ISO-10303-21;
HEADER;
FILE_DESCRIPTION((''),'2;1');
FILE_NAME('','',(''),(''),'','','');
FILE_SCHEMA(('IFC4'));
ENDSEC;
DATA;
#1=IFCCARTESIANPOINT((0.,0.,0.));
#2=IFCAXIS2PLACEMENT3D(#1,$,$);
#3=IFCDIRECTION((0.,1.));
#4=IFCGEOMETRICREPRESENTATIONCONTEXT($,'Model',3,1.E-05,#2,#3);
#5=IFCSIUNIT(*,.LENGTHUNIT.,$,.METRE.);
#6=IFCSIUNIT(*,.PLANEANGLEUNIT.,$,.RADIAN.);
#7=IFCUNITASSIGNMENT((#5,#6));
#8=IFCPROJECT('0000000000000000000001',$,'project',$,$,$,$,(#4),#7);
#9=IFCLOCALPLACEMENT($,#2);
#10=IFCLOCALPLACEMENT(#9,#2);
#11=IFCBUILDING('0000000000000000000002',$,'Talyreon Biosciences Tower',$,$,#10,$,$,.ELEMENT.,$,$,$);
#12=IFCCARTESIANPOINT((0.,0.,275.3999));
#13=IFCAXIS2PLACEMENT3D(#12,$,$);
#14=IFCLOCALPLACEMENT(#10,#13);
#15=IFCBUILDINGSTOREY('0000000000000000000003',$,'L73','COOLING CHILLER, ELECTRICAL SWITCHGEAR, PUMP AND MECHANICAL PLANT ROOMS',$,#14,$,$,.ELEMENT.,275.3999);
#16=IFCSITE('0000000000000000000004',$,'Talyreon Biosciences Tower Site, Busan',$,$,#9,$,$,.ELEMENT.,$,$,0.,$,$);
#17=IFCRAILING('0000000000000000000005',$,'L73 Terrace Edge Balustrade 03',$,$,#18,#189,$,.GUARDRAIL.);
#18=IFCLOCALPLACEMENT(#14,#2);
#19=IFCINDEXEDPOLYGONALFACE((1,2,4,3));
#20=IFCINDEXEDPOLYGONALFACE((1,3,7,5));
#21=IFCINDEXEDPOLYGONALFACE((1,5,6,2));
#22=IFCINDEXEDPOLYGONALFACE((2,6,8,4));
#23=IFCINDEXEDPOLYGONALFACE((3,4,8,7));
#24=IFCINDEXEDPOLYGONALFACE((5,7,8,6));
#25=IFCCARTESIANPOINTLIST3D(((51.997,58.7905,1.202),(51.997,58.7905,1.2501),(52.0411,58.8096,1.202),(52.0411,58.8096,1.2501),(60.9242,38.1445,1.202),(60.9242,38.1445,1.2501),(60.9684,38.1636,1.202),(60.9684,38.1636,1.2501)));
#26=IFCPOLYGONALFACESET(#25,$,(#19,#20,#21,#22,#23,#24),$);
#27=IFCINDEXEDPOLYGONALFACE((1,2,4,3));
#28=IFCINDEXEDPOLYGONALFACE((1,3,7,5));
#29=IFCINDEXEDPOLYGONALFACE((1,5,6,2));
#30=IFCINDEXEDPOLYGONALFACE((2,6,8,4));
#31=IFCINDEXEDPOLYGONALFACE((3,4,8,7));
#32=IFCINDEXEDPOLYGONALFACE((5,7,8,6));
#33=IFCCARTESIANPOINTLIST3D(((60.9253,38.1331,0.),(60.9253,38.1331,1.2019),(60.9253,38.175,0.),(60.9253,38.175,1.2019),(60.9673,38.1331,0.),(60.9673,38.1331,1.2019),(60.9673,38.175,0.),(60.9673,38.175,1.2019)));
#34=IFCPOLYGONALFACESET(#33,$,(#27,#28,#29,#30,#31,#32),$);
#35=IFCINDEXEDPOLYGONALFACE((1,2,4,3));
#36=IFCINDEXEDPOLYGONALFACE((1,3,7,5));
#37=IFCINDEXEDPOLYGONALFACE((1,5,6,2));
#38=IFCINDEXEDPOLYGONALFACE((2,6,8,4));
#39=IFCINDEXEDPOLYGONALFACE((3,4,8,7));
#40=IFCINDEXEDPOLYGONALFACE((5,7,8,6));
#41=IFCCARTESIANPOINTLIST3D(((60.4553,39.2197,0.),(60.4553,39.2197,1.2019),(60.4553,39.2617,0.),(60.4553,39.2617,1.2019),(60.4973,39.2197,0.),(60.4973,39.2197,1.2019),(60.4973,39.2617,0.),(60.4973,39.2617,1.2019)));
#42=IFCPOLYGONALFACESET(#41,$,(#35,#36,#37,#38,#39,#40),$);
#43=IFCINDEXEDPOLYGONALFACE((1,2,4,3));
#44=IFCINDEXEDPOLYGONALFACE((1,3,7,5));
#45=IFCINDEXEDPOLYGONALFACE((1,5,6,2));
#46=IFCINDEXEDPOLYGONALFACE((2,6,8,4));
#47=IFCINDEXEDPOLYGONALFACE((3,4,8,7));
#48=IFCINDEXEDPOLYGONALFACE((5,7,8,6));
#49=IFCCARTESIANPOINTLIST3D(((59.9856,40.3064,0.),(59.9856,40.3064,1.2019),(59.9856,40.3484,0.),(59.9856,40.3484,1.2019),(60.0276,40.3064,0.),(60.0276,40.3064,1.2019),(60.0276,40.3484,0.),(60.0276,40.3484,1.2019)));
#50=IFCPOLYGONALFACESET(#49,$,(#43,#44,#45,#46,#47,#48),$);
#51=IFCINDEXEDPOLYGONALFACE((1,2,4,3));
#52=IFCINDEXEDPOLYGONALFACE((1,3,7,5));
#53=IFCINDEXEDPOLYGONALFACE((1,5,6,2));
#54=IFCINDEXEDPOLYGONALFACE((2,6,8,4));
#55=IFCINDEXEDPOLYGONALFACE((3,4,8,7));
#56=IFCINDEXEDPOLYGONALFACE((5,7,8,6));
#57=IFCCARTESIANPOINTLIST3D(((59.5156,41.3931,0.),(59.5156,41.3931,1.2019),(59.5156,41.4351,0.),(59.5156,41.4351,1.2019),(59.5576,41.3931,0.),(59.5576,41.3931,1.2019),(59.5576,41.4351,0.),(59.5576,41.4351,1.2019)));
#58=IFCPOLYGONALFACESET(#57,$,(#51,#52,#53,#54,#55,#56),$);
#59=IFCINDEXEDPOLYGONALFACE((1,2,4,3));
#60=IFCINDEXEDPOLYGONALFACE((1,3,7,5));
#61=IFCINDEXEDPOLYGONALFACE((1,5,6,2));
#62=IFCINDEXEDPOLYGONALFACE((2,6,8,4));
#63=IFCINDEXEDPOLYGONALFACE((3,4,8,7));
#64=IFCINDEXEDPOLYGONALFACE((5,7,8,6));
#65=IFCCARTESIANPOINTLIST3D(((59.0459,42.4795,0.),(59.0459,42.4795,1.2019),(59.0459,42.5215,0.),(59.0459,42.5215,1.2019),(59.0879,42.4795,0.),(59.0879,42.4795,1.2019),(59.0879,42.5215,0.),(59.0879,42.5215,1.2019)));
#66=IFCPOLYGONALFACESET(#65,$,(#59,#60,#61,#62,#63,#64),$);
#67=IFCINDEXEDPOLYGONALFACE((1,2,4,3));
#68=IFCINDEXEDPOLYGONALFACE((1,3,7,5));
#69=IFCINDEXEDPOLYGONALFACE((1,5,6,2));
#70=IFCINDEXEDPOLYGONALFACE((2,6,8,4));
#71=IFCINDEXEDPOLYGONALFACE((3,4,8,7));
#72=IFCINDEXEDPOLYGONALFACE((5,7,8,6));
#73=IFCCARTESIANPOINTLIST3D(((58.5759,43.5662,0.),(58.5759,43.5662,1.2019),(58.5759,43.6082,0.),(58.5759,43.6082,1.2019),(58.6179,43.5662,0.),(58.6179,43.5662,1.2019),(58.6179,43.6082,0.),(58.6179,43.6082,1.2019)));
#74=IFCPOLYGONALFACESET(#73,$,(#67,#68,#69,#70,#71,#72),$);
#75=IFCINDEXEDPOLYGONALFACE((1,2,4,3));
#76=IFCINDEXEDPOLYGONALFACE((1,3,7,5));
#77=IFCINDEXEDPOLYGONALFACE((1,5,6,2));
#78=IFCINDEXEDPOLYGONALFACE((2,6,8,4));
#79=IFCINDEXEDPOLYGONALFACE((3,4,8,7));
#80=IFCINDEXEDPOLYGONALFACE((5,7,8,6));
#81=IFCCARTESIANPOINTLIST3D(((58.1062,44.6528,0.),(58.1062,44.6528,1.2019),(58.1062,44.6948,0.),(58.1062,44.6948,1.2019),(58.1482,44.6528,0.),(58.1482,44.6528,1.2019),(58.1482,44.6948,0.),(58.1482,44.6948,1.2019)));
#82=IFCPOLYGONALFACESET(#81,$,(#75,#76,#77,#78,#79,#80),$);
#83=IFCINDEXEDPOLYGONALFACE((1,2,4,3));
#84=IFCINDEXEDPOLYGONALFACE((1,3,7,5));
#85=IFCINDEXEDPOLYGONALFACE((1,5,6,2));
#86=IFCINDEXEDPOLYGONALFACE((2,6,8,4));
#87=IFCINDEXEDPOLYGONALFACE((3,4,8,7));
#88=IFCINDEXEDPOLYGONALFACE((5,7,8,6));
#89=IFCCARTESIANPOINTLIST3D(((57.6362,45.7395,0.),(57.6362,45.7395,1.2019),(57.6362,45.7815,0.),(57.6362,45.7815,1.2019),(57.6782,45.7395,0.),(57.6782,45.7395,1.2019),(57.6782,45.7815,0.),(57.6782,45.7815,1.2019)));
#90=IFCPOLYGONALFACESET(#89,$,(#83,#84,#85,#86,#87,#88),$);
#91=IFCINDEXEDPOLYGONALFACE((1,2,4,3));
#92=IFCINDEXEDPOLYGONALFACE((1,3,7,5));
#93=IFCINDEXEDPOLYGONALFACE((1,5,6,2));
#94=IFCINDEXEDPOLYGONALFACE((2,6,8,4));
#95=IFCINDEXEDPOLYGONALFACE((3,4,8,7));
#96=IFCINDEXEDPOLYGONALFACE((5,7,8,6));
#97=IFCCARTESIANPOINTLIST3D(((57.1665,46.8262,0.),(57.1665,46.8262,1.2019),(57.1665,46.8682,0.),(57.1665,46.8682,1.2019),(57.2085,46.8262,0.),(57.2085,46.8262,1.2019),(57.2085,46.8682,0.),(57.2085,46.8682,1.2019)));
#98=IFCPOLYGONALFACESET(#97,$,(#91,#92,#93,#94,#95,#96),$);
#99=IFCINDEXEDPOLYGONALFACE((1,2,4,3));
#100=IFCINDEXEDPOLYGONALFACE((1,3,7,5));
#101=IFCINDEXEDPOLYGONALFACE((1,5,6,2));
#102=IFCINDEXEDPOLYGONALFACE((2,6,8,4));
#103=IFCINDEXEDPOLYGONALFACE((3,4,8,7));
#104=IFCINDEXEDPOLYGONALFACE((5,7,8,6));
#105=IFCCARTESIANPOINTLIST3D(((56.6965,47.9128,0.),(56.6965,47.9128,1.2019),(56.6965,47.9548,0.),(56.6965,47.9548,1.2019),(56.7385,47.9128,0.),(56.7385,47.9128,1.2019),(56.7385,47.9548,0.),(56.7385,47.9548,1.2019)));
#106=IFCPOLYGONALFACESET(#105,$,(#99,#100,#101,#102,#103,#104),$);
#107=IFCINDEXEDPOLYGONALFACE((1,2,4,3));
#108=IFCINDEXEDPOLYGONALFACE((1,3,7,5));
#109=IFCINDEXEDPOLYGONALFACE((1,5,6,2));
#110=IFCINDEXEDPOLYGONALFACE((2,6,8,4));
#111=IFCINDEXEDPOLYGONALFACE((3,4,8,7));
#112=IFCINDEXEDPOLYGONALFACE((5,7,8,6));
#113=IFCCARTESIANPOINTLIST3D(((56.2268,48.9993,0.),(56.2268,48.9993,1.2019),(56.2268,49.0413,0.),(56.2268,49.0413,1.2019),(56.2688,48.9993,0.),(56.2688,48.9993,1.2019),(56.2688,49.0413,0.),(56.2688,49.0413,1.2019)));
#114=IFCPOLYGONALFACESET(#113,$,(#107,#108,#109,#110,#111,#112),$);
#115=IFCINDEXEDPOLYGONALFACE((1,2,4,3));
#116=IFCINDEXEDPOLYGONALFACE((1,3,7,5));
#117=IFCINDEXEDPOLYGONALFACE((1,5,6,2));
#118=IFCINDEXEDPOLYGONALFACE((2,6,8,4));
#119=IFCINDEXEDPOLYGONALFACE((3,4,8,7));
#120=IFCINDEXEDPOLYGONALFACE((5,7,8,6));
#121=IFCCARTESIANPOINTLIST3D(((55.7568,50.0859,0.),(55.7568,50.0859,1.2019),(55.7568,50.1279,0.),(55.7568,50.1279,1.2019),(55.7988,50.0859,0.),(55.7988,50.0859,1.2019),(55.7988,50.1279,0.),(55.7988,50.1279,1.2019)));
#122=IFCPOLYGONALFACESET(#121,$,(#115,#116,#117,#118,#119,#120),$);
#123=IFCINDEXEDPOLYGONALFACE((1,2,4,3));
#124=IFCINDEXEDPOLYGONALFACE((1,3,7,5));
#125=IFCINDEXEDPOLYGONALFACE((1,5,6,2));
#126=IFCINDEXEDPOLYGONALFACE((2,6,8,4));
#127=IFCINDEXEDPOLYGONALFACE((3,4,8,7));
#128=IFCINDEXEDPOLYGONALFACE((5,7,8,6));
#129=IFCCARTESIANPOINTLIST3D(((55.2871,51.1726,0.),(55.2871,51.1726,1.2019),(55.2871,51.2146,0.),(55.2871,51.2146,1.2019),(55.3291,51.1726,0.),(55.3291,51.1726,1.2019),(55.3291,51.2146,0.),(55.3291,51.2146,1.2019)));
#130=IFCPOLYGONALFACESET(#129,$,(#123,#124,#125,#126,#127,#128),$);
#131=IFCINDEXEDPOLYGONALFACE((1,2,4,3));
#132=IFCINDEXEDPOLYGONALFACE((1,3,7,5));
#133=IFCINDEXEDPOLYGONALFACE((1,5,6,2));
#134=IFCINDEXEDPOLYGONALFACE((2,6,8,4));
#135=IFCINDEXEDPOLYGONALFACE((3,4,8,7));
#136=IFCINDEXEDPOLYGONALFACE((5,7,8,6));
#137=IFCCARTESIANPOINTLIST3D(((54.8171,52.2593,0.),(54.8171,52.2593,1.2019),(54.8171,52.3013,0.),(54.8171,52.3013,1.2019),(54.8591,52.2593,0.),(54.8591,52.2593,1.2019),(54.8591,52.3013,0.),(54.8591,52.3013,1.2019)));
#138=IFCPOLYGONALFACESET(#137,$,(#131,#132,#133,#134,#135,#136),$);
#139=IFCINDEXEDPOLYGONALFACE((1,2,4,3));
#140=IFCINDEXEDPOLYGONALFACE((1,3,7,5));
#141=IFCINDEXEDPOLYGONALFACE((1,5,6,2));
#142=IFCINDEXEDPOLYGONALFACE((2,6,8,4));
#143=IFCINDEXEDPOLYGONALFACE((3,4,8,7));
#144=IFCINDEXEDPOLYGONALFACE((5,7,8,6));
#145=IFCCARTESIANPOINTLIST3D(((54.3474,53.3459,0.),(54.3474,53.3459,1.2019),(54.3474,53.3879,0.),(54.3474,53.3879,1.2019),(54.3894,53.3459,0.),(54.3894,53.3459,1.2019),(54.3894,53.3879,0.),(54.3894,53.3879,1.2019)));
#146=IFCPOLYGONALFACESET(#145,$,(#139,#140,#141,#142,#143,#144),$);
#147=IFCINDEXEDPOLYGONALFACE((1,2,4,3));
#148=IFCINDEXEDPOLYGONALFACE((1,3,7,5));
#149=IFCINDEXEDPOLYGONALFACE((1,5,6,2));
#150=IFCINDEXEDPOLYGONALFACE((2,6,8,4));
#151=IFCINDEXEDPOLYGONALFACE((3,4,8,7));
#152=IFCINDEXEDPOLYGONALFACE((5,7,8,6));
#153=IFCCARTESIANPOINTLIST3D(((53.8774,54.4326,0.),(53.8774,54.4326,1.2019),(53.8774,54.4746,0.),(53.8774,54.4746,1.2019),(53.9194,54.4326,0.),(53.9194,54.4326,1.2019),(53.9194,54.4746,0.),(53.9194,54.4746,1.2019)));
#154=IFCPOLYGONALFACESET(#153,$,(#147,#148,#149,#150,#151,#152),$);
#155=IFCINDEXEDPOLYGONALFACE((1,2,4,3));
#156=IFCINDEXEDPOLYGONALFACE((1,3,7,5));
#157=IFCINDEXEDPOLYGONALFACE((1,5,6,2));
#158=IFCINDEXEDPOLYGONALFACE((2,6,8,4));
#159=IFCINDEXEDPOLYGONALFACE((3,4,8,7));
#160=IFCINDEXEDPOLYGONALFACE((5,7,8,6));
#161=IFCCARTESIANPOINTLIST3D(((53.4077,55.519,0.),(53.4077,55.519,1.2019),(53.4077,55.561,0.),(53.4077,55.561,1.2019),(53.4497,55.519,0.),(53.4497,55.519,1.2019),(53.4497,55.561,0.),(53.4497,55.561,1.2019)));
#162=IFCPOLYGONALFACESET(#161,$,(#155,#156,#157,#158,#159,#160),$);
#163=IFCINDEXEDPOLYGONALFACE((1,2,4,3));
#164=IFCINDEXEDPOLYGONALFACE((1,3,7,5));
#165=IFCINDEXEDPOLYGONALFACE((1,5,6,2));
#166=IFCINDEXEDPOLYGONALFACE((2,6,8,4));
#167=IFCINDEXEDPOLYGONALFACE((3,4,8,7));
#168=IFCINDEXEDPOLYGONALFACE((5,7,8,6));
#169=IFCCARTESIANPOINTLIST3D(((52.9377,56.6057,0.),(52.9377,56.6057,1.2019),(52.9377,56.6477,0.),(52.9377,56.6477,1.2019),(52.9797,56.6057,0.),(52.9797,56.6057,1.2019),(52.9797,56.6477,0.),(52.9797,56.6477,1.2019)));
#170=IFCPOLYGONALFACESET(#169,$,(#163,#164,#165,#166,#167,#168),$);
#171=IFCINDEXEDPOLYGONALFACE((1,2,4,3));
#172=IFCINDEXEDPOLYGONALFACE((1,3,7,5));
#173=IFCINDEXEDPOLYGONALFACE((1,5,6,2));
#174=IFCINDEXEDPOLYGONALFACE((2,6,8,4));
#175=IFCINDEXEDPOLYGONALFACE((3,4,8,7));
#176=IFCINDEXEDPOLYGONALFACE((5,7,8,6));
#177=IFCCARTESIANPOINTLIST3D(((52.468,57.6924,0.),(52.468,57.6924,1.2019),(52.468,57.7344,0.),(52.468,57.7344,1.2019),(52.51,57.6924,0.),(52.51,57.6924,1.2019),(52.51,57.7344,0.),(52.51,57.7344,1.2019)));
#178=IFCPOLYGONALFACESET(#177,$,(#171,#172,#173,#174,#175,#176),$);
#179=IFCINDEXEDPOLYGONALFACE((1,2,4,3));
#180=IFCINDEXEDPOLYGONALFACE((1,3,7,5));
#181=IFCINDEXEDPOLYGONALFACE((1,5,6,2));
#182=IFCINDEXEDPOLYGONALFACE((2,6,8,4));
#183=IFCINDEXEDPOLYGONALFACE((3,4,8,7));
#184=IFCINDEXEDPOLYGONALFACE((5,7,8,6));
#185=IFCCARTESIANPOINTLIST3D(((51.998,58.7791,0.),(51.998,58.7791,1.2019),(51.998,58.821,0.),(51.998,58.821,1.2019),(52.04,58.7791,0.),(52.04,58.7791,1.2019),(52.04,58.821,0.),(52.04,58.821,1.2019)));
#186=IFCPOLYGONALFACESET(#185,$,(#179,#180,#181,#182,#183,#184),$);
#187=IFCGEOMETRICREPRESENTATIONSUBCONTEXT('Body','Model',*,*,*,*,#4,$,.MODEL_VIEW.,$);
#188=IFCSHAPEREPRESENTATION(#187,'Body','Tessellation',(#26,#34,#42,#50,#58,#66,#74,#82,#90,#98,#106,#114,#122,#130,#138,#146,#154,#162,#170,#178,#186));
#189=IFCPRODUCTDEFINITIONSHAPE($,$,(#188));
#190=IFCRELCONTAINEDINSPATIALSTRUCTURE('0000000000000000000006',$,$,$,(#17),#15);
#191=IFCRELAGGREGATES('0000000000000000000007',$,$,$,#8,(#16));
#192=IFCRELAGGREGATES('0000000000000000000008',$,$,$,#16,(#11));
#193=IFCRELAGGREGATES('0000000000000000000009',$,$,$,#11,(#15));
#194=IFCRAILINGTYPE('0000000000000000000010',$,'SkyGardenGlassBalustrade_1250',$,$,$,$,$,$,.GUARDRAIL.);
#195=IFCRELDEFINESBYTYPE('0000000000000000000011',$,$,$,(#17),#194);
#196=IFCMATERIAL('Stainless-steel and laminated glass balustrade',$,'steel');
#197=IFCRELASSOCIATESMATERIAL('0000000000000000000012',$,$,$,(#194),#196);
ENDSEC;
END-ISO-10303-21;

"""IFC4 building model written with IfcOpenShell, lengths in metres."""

from ifc_helpers import new_model, si_unit, direction, frame, origin, origin_2d, place, context, subcontext, project, spatial, rectangle, extrude, material, type_object, element, save


model = new_model("IFC4")

# Units and contexts
model_context = context("Model", 3, precision=1e-05, world=origin(), true_north=direction((0.0, 1.0)))
body_context = subcontext(model_context, "Body", "Model", "MODEL_VIEW")
ifc_project = project(units=[si_unit("LENGTHUNIT", "METRE"), si_unit("PLANEANGLEUNIT", "RADIAN")], contexts=[model_context])

# Site, building, storey
site_placement = place(None, origin())
site = spatial("IfcSite", under=ifc_project, at=site_placement, Name="Talyreon Biosciences Tower Site, Busan", CompositionType="ELEMENT", RefElevation=0.0)
building_placement = place(site_placement, origin())
building = spatial("IfcBuilding", under=site, at=building_placement, Name="Talyreon Biosciences Tower", CompositionType="ELEMENT")
storey_placement = place(building_placement, frame((0.0, 0.0, 275.3999)))
storey = spatial("IfcBuildingStorey", under=building, at=storey_placement, Name="L73", Description="COOLING CHILLER, ELECTRICAL SWITCHGEAR, PUMP AND MECHANICAL PLANT ROOMS", CompositionType="ELEMENT", Elevation=275.3999)

# Railing
ifc_material_1 = material(Name="Stainless-steel and laminated glass balustrade", Category="steel")
railing_type = type_object("IfcRailingType", Name="SkyGardenGlassBalustrade_1250", PredefinedType="GUARDRAIL", material=ifc_material_1)
railing_placement = place(storey_placement, frame((60.9463, 38.1541, 0.0)))
element("IfcRailing", 1, at=railing_placement, inside=storey, type_object=railing_type, Name="L73 Terrace Edge Balustrade 03", PredefinedType="GUARDRAIL", context=body_context, shape_type="SweptSolid", body=[
    extrude(rectangle(XDim=0.0481, YDim=0.0481, at=origin_2d()), frame((0.0, 0.0, 1.2261), z_axis=(-0.396883, 0.917869, 0.0), x_axis=(-0.917869, -0.396883, 0.0)), (0.0, 0.0, 1.0), 22.4934),
    extrude(rectangle(XDim=0.042, YDim=0.042, at=origin_2d()), origin(), (0.0, 0.0, 1.0), 1.2019),
    extrude(rectangle(XDim=0.042, YDim=0.042, at=origin_2d()), frame((-0.47, 1.0867, 0.0)), (0.0, 0.0, 1.0), 1.2019),
    extrude(rectangle(XDim=0.042, YDim=0.042, at=origin_2d()), frame((-0.9397, 2.1733, 0.0)), (0.0, 0.0, 1.0), 1.2019),
    extrude(rectangle(XDim=0.042, YDim=0.042, at=origin_2d()), frame((-1.4097, 3.26, 0.0)), (0.0, 0.0, 1.0), 1.2019),
    extrude(rectangle(XDim=0.042, YDim=0.042, at=origin_2d()), frame((-1.8794, 4.3464, 0.0)), (0.0, 0.0, 1.0), 1.2019),
    extrude(rectangle(XDim=0.042, YDim=0.042, at=origin_2d()), frame((-2.3494, 5.4331, 0.0)), (0.0, 0.0, 1.0), 1.2019),
    extrude(rectangle(XDim=0.042, YDim=0.042, at=origin_2d()), frame((-2.8191, 6.5198, 0.0)), (0.0, 0.0, 1.0), 1.2019),
    extrude(rectangle(XDim=0.042, YDim=0.042, at=origin_2d()), frame((-3.2891, 7.6064, 0.0)), (0.0, 0.0, 1.0), 1.2019),
    extrude(rectangle(XDim=0.042, YDim=0.042, at=origin_2d()), frame((-3.7588, 8.6931, 0.0)), (0.0, 0.0, 1.0), 1.2019),
    extrude(rectangle(XDim=0.042, YDim=0.042, at=origin_2d()), frame((-4.2288, 9.7798, 0.0)), (0.0, 0.0, 1.0), 1.2019),
    extrude(rectangle(XDim=0.042, YDim=0.042, at=origin_2d()), frame((-4.6985, 10.8662, 0.0)), (0.0, 0.0, 1.0), 1.2019),
    extrude(rectangle(XDim=0.042, YDim=0.042, at=origin_2d()), frame((-5.1685, 11.9529, 0.0)), (0.0, 0.0, 1.0), 1.2019),
    extrude(rectangle(XDim=0.042, YDim=0.042, at=origin_2d()), frame((-5.6382, 13.0396, 0.0)), (0.0, 0.0, 1.0), 1.2019),
    extrude(rectangle(XDim=0.042, YDim=0.042, at=origin_2d()), frame((-6.1082, 14.1262, 0.0)), (0.0, 0.0, 1.0), 1.2019),
    extrude(rectangle(XDim=0.042, YDim=0.042, at=origin_2d()), frame((-6.5779, 15.2129, 0.0)), (0.0, 0.0, 1.0), 1.2019),
    extrude(rectangle(XDim=0.042, YDim=0.042, at=origin_2d()), frame((-7.0479, 16.2996, 0.0)), (0.0, 0.0, 1.0), 1.2019),
    extrude(rectangle(XDim=0.042, YDim=0.042, at=origin_2d()), frame((-7.5176, 17.386, 0.0)), (0.0, 0.0, 1.0), 1.2019),
    extrude(rectangle(XDim=0.042, YDim=0.042, at=origin_2d()), frame((-7.9875, 18.4727, 0.0)), (0.0, 0.0, 1.0), 1.2019),
    extrude(rectangle(XDim=0.042, YDim=0.042, at=origin_2d()), frame((-8.4573, 19.5593, 0.0)), (0.0, 0.0, 1.0), 1.2019),
    extrude(rectangle(XDim=0.042, YDim=0.042, at=origin_2d()), frame((-8.9272, 20.646, 0.0)), (0.0, 0.0, 1.0), 1.2019),
])

save(model, "model.ifc")
